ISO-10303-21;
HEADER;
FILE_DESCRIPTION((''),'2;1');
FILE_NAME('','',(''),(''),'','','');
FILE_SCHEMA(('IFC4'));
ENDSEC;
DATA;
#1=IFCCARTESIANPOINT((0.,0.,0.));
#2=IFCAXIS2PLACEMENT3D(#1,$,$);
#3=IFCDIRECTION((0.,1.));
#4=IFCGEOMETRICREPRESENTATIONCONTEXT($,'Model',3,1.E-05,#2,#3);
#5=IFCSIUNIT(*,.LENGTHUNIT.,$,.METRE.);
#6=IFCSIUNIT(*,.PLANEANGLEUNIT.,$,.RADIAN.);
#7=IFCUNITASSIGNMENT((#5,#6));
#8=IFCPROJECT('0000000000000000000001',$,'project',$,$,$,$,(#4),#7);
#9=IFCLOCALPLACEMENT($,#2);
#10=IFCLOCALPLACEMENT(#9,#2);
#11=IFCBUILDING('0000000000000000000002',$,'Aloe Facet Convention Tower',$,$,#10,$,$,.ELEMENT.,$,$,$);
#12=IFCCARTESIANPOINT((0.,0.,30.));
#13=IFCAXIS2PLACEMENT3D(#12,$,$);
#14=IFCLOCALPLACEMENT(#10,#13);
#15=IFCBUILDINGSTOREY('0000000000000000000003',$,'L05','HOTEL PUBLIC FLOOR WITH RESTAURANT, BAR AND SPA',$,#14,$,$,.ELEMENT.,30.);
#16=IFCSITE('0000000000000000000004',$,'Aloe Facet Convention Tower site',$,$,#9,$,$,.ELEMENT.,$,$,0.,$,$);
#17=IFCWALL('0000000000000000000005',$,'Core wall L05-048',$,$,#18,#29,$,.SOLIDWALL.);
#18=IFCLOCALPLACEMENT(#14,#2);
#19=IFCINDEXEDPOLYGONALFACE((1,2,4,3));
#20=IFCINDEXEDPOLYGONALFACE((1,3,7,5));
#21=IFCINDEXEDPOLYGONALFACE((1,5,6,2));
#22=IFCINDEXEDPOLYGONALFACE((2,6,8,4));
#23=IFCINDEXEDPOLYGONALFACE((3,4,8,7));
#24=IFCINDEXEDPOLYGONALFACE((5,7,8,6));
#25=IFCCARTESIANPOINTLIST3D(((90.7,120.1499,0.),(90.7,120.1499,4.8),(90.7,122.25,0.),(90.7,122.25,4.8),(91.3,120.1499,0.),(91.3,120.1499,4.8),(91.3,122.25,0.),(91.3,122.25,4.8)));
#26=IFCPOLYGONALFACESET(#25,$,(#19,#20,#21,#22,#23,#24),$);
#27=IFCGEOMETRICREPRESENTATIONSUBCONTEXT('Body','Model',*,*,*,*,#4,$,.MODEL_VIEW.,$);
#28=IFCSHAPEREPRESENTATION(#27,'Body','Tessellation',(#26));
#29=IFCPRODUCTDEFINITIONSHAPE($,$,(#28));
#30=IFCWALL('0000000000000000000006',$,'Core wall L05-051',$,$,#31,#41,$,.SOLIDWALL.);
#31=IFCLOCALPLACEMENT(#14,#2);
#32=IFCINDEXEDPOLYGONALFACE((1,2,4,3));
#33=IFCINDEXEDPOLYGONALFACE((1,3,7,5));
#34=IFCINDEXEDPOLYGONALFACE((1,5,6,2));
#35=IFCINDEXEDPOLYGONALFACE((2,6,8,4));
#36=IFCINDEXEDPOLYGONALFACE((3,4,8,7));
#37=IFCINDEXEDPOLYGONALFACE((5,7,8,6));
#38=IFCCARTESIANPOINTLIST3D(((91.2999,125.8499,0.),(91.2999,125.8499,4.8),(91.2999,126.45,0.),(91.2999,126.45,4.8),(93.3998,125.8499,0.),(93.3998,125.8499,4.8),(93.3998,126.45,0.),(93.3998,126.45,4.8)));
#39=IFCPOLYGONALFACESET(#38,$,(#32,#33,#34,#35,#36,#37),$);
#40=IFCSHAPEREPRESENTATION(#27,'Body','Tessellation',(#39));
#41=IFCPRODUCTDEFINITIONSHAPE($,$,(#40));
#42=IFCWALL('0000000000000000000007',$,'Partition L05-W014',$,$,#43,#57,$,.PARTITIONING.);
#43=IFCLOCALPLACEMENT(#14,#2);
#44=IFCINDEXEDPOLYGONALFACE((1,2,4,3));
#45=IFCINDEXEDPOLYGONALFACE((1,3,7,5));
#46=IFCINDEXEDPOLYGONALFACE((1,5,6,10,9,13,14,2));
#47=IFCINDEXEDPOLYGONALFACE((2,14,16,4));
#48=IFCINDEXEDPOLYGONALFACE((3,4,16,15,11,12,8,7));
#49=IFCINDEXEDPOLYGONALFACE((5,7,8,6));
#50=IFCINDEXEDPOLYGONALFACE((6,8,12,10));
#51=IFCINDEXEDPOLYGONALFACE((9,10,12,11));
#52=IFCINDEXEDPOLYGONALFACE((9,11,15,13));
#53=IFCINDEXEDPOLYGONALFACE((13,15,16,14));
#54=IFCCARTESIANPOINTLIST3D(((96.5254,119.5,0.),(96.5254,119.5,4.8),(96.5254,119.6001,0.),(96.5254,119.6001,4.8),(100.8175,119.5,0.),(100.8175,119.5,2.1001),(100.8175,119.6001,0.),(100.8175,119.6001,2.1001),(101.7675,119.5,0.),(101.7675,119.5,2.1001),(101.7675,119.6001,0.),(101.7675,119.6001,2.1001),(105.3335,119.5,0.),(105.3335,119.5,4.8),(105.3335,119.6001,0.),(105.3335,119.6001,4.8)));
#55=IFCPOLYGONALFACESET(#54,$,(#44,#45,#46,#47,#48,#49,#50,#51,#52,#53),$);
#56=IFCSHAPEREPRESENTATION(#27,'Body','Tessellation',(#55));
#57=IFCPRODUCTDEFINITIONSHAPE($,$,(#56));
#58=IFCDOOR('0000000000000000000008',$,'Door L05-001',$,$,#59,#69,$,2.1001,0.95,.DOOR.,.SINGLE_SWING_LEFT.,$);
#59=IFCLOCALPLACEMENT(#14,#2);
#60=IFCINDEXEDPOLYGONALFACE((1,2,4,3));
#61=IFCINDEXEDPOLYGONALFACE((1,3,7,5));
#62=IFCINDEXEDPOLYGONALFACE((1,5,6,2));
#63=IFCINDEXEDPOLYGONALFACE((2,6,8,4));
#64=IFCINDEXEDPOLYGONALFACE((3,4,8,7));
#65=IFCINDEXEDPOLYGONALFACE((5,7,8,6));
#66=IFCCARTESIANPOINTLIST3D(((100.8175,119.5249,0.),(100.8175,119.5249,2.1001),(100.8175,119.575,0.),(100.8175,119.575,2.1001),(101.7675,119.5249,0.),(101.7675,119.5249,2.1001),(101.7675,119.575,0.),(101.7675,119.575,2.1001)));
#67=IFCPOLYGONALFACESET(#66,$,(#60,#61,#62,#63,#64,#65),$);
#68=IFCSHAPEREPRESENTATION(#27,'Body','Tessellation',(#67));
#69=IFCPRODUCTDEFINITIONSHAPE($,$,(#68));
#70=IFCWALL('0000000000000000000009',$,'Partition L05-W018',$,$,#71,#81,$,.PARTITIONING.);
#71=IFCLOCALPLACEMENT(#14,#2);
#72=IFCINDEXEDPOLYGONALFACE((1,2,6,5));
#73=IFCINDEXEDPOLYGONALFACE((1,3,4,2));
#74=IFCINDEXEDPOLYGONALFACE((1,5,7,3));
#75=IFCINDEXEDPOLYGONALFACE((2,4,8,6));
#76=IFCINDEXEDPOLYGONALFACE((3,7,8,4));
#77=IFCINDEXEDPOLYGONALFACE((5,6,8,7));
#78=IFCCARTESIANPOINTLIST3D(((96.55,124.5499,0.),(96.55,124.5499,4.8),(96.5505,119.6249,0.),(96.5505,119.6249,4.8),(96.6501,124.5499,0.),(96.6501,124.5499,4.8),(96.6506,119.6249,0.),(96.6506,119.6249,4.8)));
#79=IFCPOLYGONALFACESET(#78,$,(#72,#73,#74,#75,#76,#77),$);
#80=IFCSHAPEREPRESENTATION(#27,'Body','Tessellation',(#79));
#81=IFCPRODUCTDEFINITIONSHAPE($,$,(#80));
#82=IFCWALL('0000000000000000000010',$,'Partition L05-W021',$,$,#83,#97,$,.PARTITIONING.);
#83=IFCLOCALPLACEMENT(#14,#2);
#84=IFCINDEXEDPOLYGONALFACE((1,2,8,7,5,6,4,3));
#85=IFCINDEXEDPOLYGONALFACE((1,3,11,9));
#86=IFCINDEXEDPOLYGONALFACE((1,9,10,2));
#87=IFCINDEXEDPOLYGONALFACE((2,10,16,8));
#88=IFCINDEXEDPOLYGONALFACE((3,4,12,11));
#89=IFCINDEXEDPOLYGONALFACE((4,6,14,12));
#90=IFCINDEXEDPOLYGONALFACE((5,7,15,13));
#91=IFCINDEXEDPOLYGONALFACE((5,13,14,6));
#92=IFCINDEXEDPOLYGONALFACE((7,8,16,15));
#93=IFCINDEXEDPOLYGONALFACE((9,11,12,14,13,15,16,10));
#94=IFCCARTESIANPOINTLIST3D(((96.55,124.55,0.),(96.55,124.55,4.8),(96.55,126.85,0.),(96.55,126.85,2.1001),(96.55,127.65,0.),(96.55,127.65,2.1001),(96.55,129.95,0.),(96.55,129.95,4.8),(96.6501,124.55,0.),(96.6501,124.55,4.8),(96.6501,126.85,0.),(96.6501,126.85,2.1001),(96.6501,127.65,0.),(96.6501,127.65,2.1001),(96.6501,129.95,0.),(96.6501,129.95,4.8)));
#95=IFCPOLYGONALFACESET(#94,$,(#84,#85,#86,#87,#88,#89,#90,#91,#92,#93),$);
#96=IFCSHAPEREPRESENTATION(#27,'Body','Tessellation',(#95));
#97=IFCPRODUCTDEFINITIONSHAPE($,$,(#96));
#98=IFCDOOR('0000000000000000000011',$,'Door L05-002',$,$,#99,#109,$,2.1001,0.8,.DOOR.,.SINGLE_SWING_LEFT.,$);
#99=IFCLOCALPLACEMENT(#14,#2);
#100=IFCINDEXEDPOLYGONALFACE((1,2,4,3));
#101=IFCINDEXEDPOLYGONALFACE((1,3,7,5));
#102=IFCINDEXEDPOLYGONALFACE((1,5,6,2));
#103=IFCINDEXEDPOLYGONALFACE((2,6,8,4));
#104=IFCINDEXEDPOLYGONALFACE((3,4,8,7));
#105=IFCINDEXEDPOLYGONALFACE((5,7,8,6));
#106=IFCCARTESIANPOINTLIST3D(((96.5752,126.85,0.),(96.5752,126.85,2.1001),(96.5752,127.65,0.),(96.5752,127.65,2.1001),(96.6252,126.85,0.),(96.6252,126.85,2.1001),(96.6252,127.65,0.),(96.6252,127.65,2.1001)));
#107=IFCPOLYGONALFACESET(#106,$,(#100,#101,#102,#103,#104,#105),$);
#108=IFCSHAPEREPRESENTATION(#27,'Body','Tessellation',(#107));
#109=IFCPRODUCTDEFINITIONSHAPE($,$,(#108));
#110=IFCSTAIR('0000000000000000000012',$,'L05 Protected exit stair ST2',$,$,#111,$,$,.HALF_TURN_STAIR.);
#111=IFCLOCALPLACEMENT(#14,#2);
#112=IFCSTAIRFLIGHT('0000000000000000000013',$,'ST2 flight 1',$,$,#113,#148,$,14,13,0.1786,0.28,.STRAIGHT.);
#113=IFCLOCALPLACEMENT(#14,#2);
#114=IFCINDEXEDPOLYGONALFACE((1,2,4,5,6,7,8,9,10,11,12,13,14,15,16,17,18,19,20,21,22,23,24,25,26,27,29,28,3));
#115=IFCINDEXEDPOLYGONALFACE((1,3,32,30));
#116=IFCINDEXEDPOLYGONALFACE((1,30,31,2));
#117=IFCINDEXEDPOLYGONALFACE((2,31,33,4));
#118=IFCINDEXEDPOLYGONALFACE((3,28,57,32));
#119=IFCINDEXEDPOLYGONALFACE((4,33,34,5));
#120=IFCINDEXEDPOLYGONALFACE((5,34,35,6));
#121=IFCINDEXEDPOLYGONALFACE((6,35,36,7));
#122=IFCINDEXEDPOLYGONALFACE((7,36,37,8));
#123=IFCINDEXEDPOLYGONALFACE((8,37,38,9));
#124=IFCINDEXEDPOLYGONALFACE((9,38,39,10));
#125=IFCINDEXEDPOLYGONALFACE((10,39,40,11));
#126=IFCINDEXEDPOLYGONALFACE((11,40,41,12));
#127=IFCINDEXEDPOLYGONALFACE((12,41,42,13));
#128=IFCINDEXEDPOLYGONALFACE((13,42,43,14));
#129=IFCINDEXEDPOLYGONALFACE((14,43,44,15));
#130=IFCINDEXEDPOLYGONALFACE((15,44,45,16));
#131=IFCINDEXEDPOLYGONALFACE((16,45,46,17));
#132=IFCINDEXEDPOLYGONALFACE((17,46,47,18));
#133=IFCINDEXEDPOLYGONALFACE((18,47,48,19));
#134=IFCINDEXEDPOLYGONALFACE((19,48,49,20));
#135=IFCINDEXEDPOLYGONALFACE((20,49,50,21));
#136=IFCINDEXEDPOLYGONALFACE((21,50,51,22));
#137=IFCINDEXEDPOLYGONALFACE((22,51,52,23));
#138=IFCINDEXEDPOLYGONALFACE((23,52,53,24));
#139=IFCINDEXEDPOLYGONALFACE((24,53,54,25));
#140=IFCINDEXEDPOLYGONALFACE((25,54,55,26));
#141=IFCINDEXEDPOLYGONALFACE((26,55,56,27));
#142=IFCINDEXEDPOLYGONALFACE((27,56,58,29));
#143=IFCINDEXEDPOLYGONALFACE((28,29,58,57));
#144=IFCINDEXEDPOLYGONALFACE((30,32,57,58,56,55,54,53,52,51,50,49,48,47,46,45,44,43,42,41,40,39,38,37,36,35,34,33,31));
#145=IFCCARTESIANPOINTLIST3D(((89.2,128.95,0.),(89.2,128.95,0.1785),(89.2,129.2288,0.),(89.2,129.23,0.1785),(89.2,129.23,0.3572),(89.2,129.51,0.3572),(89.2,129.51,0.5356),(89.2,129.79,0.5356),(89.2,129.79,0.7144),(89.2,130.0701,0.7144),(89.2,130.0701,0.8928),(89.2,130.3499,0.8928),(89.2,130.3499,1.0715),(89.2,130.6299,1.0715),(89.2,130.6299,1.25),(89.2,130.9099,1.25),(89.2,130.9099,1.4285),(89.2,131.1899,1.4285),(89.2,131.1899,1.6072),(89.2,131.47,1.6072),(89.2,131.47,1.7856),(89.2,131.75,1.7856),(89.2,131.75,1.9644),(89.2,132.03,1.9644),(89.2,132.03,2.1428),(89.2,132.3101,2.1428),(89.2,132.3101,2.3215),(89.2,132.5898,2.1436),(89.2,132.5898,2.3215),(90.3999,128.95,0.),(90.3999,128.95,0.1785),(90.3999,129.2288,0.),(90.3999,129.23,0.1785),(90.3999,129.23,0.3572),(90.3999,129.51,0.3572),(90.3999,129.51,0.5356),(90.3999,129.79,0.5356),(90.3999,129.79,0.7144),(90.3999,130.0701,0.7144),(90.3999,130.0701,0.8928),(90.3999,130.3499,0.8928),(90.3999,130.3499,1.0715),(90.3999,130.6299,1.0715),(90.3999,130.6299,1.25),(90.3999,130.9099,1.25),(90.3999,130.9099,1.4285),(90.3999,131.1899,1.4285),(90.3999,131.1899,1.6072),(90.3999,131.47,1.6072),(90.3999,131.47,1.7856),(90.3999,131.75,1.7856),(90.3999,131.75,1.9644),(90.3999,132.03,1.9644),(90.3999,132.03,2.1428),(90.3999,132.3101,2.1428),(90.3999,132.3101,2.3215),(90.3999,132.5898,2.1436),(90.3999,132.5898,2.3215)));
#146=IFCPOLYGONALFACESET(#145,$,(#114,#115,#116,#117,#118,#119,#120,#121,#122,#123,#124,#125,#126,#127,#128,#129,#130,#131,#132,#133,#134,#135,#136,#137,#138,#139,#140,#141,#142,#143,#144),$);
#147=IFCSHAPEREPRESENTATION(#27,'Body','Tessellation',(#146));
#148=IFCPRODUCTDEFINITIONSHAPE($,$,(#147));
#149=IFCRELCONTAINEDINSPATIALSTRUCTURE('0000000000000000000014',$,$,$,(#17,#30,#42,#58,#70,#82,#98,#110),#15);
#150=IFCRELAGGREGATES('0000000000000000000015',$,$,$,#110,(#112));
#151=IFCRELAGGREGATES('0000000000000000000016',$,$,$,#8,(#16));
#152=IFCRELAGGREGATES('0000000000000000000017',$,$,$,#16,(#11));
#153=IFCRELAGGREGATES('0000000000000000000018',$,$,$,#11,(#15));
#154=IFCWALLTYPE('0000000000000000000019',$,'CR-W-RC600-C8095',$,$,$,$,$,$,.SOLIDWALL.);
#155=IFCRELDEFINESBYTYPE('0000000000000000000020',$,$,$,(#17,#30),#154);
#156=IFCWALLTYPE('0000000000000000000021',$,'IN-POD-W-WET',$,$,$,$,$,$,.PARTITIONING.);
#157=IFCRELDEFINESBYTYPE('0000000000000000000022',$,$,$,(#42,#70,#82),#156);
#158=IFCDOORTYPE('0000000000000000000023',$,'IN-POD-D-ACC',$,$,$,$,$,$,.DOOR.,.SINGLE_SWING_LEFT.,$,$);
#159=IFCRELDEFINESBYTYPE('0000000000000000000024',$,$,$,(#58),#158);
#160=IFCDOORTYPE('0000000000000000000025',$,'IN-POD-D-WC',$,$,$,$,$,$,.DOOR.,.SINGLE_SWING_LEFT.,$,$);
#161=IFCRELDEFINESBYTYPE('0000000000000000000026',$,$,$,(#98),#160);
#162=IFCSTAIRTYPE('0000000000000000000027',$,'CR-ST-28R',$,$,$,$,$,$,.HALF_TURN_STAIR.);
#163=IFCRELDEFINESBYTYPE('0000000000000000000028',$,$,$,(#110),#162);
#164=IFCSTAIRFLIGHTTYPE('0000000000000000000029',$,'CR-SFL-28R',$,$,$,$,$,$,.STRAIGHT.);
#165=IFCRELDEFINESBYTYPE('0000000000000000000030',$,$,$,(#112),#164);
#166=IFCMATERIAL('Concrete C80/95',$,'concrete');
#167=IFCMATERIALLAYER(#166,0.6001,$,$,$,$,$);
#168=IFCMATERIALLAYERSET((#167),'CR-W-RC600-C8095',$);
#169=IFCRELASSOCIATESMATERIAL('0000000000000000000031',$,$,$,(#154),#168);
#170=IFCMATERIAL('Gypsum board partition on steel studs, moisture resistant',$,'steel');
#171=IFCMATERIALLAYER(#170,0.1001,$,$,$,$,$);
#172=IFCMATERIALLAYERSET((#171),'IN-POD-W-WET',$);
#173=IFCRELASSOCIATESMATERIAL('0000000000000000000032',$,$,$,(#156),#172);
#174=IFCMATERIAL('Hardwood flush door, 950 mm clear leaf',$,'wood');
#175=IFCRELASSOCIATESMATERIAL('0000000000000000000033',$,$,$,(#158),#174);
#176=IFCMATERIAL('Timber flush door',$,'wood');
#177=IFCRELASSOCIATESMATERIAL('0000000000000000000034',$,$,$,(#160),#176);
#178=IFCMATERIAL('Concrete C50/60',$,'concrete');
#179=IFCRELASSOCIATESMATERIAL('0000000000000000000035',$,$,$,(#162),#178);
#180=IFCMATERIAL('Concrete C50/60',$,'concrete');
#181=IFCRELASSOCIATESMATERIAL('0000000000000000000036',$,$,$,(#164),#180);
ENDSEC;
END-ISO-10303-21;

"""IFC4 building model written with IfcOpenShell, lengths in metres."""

from ifc_helpers import new_model, si_unit, direction, frame, frame_2d, origin, place, context, subcontext, project, spatial, polyline, rectangle, outline, extrude, material, layer, layer_set, type_object, element, fill, aggregate, save


model = new_model("IFC4")

# Units and contexts
model_context = context("Model", 3, precision=1e-05, world=origin(), true_north=direction((0.0, 1.0)))
body_context = subcontext(model_context, "Body", "Model", "MODEL_VIEW")
ifc_project = project(units=[si_unit("LENGTHUNIT", "METRE"), si_unit("PLANEANGLEUNIT", "RADIAN")], contexts=[model_context])

# Site, building, storey
site_placement = place(None, origin())
site = spatial("IfcSite", under=ifc_project, at=site_placement, Name="Aloe Facet Convention Tower site", CompositionType="ELEMENT", RefElevation=0.0)
building_placement = place(site_placement, origin())
building = spatial("IfcBuilding", under=site, at=building_placement, Name="Aloe Facet Convention Tower", CompositionType="ELEMENT")
storey_placement = place(building_placement, frame((0.0, 0.0, 30.0)))
storey = spatial("IfcBuildingStorey", under=building, at=storey_placement, Name="L05", Description="HOTEL PUBLIC FLOOR WITH RESTAURANT, BAR AND SPA", CompositionType="ELEMENT", Elevation=30.0)

# Walls
ifc_material_1 = material(Name="Concrete C80/95", Category="concrete")
ifc_layer_1 = layer(ifc_material_1, 0.6001)
ifc_layer_set_1 = layer_set([ifc_layer_1], Name="CR-W-RC600-C8095")
wall_type_1 = type_object("IfcWallType", Name="CR-W-RC600-C8095", PredefinedType="SOLIDWALL", material=ifc_layer_set_1)
wall_1_placement = place(storey_placement, frame((91.0, 122.25, 0.0), z_axis=(0.0, 0.0, 1.0), x_axis=(0.0, -1.0, 0.0)))
element("IfcWall", 1, at=wall_1_placement, inside=storey, type_object=wall_type_1, Name="Core wall L05-048", PredefinedType="SOLIDWALL", context=body_context, shape_type="SweptSolid", body=[
    extrude(rectangle(XDim=2.1001, YDim=0.6001, at=frame_2d((1.05, 0.0))), origin(), (0.0, 0.0, 1.0), 4.8),
])
wall_2_placement = place(storey_placement, frame((91.3, 126.1499, 0.0), z_axis=(0.0, 0.0, 1.0), x_axis=(1.0, 0.0, 0.0)))
element("IfcWall", 2, at=wall_2_placement, inside=storey, type_object=wall_type_1, Name="Core wall L05-051", PredefinedType="SOLIDWALL", context=body_context, shape_type="SweptSolid", body=[
    extrude(rectangle(XDim=2.0999, YDim=0.6001, at=frame_2d((1.0498, 0.0))), origin(), (0.0, 0.0, 1.0), 4.8),
])

# Wall, opening, door
ifc_material_2 = material(Name="Gypsum board partition on steel studs, moisture resistant", Category="steel")
ifc_layer_2 = layer(ifc_material_2, 0.1001)
ifc_layer_set_2 = layer_set([ifc_layer_2], Name="IN-POD-W-WET")
wall_type_2 = type_object("IfcWallType", Name="IN-POD-W-WET", PredefinedType="PARTITIONING", material=ifc_layer_set_2)
wall_3_placement = place(storey_placement, frame((96.5254, 119.55, 0.0), z_axis=(0.0, 0.0, 1.0), x_axis=(1.0, 0.0, 0.0)))
wall_3 = element("IfcWall", 3, at=wall_3_placement, inside=storey, type_object=wall_type_2, Name="Partition L05-W014", PredefinedType="PARTITIONING", context=body_context, shape_type="SweptSolid", body=[
    extrude(rectangle(XDim=8.8081, YDim=0.1001, at=frame_2d((4.4041, 0.0))), origin(), (0.0, 0.0, 1.0), 4.8),
])
opening_1_placement = place(wall_3_placement, frame((4.292, 0.0, 0.0)))
opening_1 = element("IfcOpeningElement", 4, at=opening_1_placement, cuts=wall_3, PredefinedType="OPENING", context=body_context, shape_type="SweptSolid", body=[
    extrude(rectangle(XDim=0.95, YDim=2.1001, at=frame_2d((0.4751, 1.05))), frame((0.0, 0.0601, 0.0), z_axis=(0.0, -1.0, 0.0), x_axis=(1.0, 0.0, 0.0)), (0.0, 0.0, 1.0), 0.1201),
])
ifc_material_3 = material(Name="Hardwood flush door, 950 mm clear leaf", Category="wood")
door_type_1 = type_object("IfcDoorType", Name="IN-POD-D-ACC", OperationType="SINGLE_SWING_LEFT", PredefinedType="DOOR", material=ifc_material_3)
door_1_placement = place(opening_1_placement, origin())
door_1 = element("IfcDoor", 5, at=door_1_placement, inside=storey, type_object=door_type_1, Name="Door L05-001", OperationType="SINGLE_SWING_LEFT", OverallHeight=2.1001, OverallWidth=0.95, PredefinedType="DOOR", context=body_context, shape_type="SweptSolid", body=[
    extrude(rectangle(XDim=0.95, YDim=2.1001, at=frame_2d((0.4751, 1.05))), frame((0.0, 0.0249, 0.0), z_axis=(0.0, -1.0, 0.0), x_axis=(1.0, 0.0, 0.0)), (0.0, 0.0, 1.0), 0.05),
])
fill(opening_1, door_1)

# Wall
wall_4_placement = place(storey_placement, frame((96.6006, 119.625, 0.0), z_axis=(0.0, 0.0, 1.0), x_axis=(-0.000099, 1.0, 0.0)))
element("IfcWall", 6, at=wall_4_placement, inside=storey, type_object=wall_type_2, Name="Partition L05-W018", PredefinedType="PARTITIONING", context=body_context, shape_type="SweptSolid", body=[
    extrude(rectangle(XDim=4.925, YDim=0.1001, at=frame_2d((2.4624, 0.0))), origin(), (0.0, 0.0, 1.0), 4.8),
])

# Wall, opening, door
wall_5_placement = place(storey_placement, frame((96.6001, 124.55, 0.0), z_axis=(0.0, 0.0, 1.0), x_axis=(0.0, 1.0, 0.0)))
wall_5 = element("IfcWall", 7, at=wall_5_placement, inside=storey, type_object=wall_type_2, Name="Partition L05-W021", PredefinedType="PARTITIONING", context=body_context, shape_type="SweptSolid", body=[
    extrude(rectangle(XDim=5.3999, YDim=0.1001, at=frame_2d((2.7, 0.0))), origin(), (0.0, 0.0, 1.0), 4.8),
])
opening_2_placement = place(wall_5_placement, frame((2.3, 0.0, 0.0)))
opening_2 = element("IfcOpeningElement", 8, at=opening_2_placement, cuts=wall_5, PredefinedType="OPENING", context=body_context, shape_type="SweptSolid", body=[
    extrude(rectangle(XDim=0.8, YDim=2.1001, at=frame_2d((0.3999, 1.05))), frame((0.0, 0.0601, 0.0), z_axis=(0.0, -1.0, 0.0), x_axis=(1.0, 0.0, 0.0)), (0.0, 0.0, 1.0), 0.1201),
])
ifc_material_4 = material(Name="Timber flush door", Category="wood")
door_type_2 = type_object("IfcDoorType", Name="IN-POD-D-WC", OperationType="SINGLE_SWING_LEFT", PredefinedType="DOOR", material=ifc_material_4)
door_2_placement = place(opening_2_placement, origin())
door_2 = element("IfcDoor", 9, at=door_2_placement, inside=storey, type_object=door_type_2, Name="Door L05-002", OperationType="SINGLE_SWING_LEFT", OverallHeight=2.1001, OverallWidth=0.8, PredefinedType="DOOR", context=body_context, shape_type="SweptSolid", body=[
    extrude(rectangle(XDim=0.8, YDim=2.1001, at=frame_2d((0.3999, 1.05))), frame((0.0, 0.0249, 0.0), z_axis=(0.0, -1.0, 0.0), x_axis=(1.0, 0.0, 0.0)), (0.0, 0.0, 1.0), 0.05),
])
fill(opening_2, door_2)

# Stair, stair flight
ifc_material_5 = material(Name="Concrete C50/60", Category="concrete")
stair_type = type_object("IfcStairType", Name="CR-ST-28R", PredefinedType="HALF_TURN_STAIR", material=ifc_material_5)
stair_placement = place(storey_placement, origin())
stair = element("IfcStair", 10, at=stair_placement, inside=storey, type_object=stair_type, Name="L05 Protected exit stair ST2", PredefinedType="HALF_TURN_STAIR")
ifc_material_6 = material(Name="Concrete C50/60", Category="concrete")
stair_flight_type = type_object("IfcStairFlightType", Name="CR-SFL-28R", PredefinedType="STRAIGHT", material=ifc_material_6)
stair_flight_placement = place(storey_placement, frame((89.8, 128.95, 0.0), z_axis=(0.0, 0.0, 1.0), x_axis=(0.0, 1.0, 0.0)))
stair_flight = element("IfcStairFlight", 11, at=stair_flight_placement, type_object=stair_flight_type, Name="ST2 flight 1", NumberOfRisers=14, NumberOfTreads=13, PredefinedType="STRAIGHT", RiserHeight=0.1786, TreadLength=0.28, context=body_context, shape_type="SweptSolid", body=[
    extrude(outline(polyline([(0.0, 0.0), (0.0, 0.1785), (0.28, 0.1785), (0.28, 0.3572), (0.5601, 0.3572), (0.5601, 0.5356), (0.8401, 0.5356), (0.8401, 0.7144), (1.1201, 0.7144), (1.1201, 0.8928), (1.3999, 0.8928), (1.3999, 1.0715), (1.6799, 1.0715), (1.6799, 1.25), (1.96, 1.25), (1.96, 1.4285), (2.24, 1.4285), (2.24, 1.6072), (2.52, 1.6072), (2.52, 1.7856), (2.8, 1.7856), (2.8, 1.9644), (3.0801, 1.9644), (3.0801, 2.1428), (3.3601, 2.1428), (3.3601, 2.3215), (3.6399, 2.3215), (3.6399, 2.5), (3.6399, 2.1436), (0.2788, 0.0), (0.0, 0.0)])), frame((0.0, 0.6001, 0.0), z_axis=(0.0, -1.0, 0.0), x_axis=(1.0, 0.0, 0.0)), (0.0, 0.0, 1.0), 1.2),
])
aggregate(stair, [stair_flight])

save(model, "model.ifc")
